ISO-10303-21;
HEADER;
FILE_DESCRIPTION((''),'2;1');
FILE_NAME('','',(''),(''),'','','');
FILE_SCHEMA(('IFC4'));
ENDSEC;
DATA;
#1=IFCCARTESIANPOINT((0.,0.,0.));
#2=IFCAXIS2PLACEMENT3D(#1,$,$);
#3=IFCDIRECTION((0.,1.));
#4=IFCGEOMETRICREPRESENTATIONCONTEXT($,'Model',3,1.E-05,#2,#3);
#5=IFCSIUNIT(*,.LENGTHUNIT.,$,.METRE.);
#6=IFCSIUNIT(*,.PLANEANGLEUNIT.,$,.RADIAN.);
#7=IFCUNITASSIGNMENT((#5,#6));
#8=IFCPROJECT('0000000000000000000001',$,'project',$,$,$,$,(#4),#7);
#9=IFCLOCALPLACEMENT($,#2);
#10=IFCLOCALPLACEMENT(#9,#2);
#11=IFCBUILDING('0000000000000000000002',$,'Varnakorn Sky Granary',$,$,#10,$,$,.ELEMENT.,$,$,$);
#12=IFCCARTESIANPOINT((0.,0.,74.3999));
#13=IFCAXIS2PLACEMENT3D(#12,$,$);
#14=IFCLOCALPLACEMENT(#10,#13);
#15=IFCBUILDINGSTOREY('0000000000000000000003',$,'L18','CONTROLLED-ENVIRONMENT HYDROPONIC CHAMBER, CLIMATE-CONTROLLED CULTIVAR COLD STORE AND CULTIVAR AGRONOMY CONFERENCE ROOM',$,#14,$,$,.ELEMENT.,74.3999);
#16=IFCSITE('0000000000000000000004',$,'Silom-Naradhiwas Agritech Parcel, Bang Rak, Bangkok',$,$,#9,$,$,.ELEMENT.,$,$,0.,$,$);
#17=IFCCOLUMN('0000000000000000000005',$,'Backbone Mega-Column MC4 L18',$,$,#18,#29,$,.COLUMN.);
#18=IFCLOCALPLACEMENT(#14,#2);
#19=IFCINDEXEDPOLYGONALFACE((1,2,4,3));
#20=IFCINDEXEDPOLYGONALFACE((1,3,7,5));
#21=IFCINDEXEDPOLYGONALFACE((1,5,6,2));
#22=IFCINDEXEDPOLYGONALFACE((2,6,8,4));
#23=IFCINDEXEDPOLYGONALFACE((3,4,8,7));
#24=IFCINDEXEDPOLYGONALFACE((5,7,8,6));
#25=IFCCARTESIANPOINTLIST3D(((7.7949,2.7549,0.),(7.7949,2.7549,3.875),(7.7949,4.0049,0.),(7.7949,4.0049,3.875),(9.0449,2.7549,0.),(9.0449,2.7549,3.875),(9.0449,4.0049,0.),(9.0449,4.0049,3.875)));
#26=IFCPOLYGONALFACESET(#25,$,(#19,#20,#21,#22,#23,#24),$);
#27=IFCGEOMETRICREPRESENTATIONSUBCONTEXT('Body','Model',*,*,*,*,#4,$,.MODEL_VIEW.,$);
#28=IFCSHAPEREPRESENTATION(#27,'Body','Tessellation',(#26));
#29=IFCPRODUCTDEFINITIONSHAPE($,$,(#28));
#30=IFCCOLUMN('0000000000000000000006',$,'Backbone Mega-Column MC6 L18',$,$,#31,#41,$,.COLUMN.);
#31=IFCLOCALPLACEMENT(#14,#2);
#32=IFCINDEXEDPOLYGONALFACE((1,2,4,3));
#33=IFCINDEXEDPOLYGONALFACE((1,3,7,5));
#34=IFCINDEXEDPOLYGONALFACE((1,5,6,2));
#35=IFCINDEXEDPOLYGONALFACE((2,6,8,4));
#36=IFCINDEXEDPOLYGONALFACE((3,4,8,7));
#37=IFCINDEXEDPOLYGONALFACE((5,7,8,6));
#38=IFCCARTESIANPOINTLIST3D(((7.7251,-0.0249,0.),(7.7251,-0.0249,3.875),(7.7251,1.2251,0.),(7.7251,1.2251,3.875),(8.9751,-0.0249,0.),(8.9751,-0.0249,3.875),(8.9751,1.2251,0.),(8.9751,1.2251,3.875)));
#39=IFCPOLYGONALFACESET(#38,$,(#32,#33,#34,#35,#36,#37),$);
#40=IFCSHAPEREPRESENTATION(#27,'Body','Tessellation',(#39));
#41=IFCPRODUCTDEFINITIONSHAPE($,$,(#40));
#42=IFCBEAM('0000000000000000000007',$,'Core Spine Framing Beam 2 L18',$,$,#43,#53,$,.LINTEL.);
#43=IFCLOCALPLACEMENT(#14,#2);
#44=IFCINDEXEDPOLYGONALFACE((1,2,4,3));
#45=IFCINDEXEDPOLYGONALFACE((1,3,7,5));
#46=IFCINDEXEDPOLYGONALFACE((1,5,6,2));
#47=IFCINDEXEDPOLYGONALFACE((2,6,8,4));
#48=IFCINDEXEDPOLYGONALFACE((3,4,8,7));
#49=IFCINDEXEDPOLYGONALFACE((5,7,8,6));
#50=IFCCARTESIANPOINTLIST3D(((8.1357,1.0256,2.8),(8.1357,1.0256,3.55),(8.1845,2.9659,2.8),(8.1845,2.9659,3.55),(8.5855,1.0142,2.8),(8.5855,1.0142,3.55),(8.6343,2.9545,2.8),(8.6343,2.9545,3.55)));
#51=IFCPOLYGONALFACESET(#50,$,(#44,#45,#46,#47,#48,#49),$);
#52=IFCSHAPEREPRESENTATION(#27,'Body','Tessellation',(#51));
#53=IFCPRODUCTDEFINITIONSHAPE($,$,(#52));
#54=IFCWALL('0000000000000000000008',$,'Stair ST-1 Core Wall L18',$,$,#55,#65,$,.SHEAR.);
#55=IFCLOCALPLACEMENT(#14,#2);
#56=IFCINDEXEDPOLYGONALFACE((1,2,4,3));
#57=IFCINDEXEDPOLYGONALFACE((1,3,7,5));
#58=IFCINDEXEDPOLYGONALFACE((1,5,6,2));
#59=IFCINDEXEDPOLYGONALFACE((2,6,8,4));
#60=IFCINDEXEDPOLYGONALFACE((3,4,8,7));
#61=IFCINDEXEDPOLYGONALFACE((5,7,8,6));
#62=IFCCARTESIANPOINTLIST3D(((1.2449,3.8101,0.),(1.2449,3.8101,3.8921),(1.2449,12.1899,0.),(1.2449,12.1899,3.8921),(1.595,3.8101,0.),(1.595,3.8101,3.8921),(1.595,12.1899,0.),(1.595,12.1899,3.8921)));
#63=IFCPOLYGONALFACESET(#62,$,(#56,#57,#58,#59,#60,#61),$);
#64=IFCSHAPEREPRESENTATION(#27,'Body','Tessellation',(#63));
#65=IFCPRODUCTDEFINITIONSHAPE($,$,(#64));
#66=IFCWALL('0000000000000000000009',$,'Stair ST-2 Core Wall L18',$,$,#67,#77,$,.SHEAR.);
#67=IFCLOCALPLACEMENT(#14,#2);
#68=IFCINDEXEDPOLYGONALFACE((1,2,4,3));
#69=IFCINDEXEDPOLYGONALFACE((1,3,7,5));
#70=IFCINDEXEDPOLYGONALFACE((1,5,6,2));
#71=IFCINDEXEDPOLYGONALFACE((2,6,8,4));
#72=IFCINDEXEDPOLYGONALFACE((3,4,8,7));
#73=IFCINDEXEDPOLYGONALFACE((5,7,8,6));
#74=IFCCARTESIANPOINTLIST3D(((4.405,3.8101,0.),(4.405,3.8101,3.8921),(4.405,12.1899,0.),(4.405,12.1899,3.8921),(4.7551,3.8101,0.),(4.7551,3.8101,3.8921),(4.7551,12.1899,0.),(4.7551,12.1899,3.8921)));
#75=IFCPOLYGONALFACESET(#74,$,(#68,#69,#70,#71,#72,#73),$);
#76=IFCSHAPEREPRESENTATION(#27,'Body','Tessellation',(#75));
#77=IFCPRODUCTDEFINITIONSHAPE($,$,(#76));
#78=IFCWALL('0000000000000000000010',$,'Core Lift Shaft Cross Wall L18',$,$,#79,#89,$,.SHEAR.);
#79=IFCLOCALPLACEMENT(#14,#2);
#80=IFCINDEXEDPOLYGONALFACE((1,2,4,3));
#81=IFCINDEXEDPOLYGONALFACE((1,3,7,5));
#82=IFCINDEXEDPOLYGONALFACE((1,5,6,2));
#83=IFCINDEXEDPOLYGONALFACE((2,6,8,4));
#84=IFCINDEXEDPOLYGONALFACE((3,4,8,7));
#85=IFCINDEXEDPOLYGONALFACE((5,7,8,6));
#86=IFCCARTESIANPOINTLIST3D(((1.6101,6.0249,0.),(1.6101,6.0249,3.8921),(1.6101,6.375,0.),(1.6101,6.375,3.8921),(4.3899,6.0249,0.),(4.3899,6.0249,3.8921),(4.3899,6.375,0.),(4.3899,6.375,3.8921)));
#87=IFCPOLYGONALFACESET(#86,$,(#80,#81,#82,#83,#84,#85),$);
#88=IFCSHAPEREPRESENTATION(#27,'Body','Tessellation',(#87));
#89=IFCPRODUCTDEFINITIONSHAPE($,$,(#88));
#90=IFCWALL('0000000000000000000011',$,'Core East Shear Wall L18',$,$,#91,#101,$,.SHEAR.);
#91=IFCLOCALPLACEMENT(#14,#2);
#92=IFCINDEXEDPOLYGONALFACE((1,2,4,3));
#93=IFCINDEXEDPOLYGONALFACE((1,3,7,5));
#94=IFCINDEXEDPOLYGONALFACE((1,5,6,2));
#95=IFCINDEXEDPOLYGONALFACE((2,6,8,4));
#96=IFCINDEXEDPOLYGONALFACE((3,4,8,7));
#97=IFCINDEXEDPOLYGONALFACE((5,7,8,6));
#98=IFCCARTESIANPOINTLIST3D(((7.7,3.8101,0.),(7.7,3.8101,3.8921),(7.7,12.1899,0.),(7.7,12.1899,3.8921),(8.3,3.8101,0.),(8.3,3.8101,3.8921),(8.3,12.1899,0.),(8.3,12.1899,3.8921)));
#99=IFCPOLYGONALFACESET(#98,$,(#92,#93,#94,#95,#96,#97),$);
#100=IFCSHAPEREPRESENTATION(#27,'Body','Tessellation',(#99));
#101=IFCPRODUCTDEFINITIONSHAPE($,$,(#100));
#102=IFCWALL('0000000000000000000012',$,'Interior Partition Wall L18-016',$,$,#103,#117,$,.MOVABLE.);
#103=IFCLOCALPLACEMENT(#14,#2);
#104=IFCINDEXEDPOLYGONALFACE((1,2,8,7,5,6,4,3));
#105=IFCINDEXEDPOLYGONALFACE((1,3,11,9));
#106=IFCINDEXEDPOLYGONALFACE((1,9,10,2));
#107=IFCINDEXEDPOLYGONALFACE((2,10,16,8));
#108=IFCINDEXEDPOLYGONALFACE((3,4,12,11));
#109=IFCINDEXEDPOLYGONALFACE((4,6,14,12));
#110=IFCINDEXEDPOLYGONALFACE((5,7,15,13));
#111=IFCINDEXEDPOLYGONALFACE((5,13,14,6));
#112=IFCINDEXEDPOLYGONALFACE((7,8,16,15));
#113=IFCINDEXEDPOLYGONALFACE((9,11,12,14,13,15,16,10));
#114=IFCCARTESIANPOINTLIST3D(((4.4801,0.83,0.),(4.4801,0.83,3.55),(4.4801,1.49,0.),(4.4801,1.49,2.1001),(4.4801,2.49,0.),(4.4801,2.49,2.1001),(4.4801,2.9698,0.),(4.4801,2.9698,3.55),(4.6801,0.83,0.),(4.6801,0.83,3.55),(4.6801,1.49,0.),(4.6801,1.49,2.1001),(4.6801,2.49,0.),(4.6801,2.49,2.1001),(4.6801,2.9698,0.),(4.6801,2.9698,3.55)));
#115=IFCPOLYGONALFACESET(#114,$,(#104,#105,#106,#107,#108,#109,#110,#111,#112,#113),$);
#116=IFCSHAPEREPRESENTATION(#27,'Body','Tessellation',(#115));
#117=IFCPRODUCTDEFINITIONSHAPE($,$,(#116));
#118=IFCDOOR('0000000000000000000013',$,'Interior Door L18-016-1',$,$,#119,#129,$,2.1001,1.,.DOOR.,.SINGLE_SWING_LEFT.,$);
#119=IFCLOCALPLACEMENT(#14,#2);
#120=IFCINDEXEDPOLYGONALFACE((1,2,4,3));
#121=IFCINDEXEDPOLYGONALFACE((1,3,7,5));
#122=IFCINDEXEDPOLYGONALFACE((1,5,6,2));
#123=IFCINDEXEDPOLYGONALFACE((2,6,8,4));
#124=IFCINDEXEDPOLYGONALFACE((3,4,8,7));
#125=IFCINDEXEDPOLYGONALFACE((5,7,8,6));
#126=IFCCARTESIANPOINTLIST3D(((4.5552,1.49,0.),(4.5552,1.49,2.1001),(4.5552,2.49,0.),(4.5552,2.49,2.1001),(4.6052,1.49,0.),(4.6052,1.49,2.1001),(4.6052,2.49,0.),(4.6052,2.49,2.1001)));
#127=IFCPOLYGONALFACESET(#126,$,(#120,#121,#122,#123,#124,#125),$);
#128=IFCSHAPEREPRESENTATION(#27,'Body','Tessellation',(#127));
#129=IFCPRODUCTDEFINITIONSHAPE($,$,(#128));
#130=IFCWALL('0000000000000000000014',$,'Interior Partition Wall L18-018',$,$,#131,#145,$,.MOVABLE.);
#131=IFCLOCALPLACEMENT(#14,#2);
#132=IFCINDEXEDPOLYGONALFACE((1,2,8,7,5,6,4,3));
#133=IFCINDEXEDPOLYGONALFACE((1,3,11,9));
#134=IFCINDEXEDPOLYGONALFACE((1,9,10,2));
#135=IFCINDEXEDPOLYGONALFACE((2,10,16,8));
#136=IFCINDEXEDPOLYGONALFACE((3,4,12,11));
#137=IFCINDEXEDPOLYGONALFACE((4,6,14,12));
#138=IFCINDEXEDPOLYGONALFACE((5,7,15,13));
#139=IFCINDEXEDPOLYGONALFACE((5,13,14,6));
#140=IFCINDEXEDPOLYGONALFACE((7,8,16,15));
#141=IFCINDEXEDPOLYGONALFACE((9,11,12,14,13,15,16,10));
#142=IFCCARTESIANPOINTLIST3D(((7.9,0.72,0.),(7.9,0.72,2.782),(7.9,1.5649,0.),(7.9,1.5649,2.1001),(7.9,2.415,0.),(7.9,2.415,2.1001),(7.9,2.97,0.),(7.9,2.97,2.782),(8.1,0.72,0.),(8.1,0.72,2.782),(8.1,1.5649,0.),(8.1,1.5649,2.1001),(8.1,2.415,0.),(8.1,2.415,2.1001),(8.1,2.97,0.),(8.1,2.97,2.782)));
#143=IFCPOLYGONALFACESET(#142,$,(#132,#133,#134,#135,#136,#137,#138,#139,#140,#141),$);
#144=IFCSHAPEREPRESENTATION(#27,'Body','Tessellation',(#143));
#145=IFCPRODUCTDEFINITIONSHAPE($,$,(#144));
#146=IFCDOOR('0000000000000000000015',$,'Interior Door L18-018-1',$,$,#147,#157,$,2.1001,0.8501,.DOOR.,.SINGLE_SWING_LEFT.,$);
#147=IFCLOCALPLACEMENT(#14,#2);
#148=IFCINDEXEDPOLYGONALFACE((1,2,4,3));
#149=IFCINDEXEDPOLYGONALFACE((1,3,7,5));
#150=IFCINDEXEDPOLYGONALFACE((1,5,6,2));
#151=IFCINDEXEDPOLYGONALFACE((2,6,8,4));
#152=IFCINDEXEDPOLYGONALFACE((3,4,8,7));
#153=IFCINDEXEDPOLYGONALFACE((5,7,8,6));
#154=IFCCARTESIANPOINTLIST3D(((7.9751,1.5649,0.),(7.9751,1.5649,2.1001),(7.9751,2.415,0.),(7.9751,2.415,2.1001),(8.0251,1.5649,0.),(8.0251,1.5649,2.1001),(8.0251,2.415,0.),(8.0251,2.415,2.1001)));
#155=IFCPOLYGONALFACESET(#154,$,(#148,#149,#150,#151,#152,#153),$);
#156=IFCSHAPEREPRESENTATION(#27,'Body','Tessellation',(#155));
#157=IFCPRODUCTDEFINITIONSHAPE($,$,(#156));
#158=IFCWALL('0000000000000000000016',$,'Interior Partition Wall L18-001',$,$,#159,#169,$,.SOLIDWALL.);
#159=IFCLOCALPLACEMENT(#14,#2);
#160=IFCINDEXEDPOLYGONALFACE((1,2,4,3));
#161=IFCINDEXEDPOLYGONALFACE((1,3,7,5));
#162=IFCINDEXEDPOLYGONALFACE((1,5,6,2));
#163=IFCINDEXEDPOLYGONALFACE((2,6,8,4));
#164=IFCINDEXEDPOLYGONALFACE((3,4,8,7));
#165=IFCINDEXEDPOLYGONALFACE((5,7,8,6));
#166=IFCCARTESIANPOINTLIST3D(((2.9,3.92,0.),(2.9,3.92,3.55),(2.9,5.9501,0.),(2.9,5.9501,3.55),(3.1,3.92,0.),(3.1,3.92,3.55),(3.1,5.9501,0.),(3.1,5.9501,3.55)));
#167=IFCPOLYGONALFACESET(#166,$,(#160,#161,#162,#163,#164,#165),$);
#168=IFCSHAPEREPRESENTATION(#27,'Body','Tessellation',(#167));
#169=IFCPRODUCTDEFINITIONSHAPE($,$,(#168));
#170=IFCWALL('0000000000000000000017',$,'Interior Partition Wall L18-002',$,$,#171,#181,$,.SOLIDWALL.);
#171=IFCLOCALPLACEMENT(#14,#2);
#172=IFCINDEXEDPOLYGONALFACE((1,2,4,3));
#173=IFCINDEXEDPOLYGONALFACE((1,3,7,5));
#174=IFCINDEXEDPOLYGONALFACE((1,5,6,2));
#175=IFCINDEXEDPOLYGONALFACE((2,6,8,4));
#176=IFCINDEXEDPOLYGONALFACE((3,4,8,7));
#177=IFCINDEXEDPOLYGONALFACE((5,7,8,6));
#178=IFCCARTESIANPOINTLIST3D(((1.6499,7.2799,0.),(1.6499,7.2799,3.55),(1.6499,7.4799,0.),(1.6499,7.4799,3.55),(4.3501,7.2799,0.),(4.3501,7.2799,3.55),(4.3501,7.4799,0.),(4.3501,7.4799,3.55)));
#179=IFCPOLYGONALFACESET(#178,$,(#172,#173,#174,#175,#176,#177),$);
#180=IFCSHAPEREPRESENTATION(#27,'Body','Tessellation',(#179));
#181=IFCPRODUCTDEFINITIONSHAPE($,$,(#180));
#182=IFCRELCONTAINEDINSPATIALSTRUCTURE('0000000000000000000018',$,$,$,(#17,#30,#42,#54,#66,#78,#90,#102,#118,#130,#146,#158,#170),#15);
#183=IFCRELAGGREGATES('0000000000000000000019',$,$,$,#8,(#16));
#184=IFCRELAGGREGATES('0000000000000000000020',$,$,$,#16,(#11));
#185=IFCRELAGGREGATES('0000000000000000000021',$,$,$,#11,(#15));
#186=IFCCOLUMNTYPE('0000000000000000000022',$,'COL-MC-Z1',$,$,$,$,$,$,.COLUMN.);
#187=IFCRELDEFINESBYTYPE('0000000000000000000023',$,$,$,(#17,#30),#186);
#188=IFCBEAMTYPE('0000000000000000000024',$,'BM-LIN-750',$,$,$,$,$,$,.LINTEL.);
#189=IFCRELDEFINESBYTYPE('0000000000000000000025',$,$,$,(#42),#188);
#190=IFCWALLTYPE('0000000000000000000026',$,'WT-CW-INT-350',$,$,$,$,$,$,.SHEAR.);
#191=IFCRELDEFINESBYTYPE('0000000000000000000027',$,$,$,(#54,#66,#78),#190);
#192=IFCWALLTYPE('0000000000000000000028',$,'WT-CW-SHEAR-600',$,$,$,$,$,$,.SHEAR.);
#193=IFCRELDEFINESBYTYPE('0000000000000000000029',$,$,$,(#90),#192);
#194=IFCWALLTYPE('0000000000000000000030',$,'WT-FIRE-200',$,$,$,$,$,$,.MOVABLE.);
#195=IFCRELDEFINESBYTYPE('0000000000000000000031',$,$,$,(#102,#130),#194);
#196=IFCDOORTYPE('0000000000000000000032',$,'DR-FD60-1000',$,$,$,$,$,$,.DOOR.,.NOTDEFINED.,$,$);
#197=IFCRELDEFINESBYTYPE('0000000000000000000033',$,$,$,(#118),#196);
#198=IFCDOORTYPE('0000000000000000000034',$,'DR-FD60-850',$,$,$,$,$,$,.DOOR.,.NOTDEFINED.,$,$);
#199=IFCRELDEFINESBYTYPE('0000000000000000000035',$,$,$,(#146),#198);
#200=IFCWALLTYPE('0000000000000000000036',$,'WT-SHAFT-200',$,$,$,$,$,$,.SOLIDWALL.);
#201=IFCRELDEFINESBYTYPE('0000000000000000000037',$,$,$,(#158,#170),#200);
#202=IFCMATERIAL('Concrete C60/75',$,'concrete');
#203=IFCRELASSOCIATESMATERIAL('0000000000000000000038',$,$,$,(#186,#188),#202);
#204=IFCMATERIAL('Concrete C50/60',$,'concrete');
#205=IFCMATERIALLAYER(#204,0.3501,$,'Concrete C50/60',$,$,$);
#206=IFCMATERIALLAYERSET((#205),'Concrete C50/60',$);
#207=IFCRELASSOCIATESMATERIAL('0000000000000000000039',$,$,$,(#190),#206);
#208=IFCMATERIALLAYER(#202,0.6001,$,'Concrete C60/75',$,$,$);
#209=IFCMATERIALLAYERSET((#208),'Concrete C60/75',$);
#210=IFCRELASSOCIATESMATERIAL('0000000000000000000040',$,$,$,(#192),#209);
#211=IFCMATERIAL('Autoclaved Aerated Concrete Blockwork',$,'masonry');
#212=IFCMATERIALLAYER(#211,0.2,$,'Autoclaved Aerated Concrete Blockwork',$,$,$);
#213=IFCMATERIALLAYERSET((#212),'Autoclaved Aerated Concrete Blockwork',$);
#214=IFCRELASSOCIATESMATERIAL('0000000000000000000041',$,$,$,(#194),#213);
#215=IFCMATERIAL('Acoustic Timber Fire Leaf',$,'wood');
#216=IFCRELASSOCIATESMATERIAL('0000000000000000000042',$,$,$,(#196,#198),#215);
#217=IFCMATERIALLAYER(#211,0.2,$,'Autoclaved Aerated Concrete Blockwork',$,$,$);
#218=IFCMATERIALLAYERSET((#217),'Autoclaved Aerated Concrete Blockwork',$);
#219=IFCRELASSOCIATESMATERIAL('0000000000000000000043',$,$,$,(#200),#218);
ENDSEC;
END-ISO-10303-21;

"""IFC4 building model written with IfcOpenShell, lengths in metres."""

from ifc_helpers import new_model, si_unit, direction, frame, frame_2d, origin, origin_2d, place, context, subcontext, project, spatial, rectangle, extrude, material, layer, layer_set, material_profile, profile_set, type_object, element, fill, save


model = new_model("IFC4")

# Units and contexts
model_context = context("Model", 3, precision=1e-05, world=origin(), true_north=direction((0.0, 1.0)))
body_context = subcontext(model_context, "Body", "Model", "MODEL_VIEW")
ifc_project = project(units=[si_unit("LENGTHUNIT", "METRE"), si_unit("PLANEANGLEUNIT", "RADIAN")], contexts=[model_context])

# Site, building, storey
site_placement = place(None, origin())
site = spatial("IfcSite", under=ifc_project, at=site_placement, Name="Silom-Naradhiwas Agritech Parcel, Bang Rak, Bangkok", CompositionType="ELEMENT", RefElevation=0.0)
building_placement = place(site_placement, origin())
building = spatial("IfcBuilding", under=site, at=building_placement, Name="Varnakorn Sky Granary", CompositionType="ELEMENT")
storey_placement = place(building_placement, frame((0.0, 0.0, 74.3999)))
storey = spatial("IfcBuildingStorey", under=building, at=storey_placement, Name="L18", Description="CONTROLLED-ENVIRONMENT HYDROPONIC CHAMBER, CLIMATE-CONTROLLED CULTIVAR COLD STORE AND CULTIVAR AGRONOMY CONFERENCE ROOM", CompositionType="ELEMENT", Elevation=74.3999)

# Columns
ifc_material_1 = material(Name="Concrete C60/75", Category="concrete")
ifc_material_profile_1 = material_profile(ifc_material_1, rectangle(XDim=1.25, YDim=1.25, at=origin_2d()), Name="RC 1250x1250")
ifc_profile_set_1 = profile_set([ifc_material_profile_1], Name="Concrete C60/75")
column_type = type_object("IfcColumnType", Name="COL-MC-Z1", PredefinedType="COLUMN", material=ifc_profile_set_1)
for number, where, z_axis, x_axis, name in (
    (1, (8.4199, 3.3799, 0.0), (0.0, 0.0, 1.0), (1.0, 0.0, 0.0), "Backbone Mega-Column MC4 L18"),
    (2, (8.3501, 0.6001, 0.0), (0.0, 0.0, 1.0), (1.0, 0.0, 0.0), "Backbone Mega-Column MC6 L18"),
):
    element("IfcColumn", number, at=place(storey_placement, frame(where, z_axis=z_axis, x_axis=x_axis)), inside=storey, type_object=column_type, Name=name, PredefinedType="COLUMN", context=body_context, shape_type="SweptSolid", body=[
        extrude(rectangle(XDim=1.25, YDim=1.25, at=origin_2d()), origin(), (0.0, 0.0, 1.0), 3.875),
    ])

# Beam
ifc_material_profile_2 = material_profile(ifc_material_1, rectangle(XDim=0.45, YDim=0.75, at=origin_2d()), Name="RC 450x750")
ifc_profile_set_2 = profile_set([ifc_material_profile_2], Name="Concrete C60/75")
beam_type = type_object("IfcBeamType", Name="BM-LIN-750", PredefinedType="LINTEL", material=ifc_profile_set_2)
beam_placement = place(storey_placement, frame((8.4094, 2.9602, 3.175), z_axis=(-0.025159, -0.999683, 0.0), x_axis=(0.999683, -0.025159, 0.0)))
element("IfcBeam", 3, at=beam_placement, inside=storey, type_object=beam_type, Name="Core Spine Framing Beam 2 L18", PredefinedType="LINTEL", context=body_context, shape_type="SweptSolid", body=[
    extrude(rectangle(XDim=0.45, YDim=0.75, at=origin_2d()), origin(), (0.0, 0.0, 1.0), 1.9409),
])

# Walls
ifc_material_2 = material(Name="Concrete C50/60", Category="concrete")
ifc_layer_1 = layer(ifc_material_2, 0.3501, Name="Concrete C50/60")
ifc_layer_set_1 = layer_set([ifc_layer_1], Name="Concrete C50/60")
wall_type_1 = type_object("IfcWallType", Name="WT-CW-INT-350", PredefinedType="SHEAR", material=ifc_layer_set_1)
for number, where, z_axis, x_axis, name in (
    (4, (1.4199, 3.8101, 0.0), (0.0, 0.0, 1.0), (0.0, 1.0, 0.0), "Stair ST-1 Core Wall L18"),
    (5, (4.5801, 3.8101, 0.0), (0.0, 0.0, 1.0), (0.0, 1.0, 0.0), "Stair ST-2 Core Wall L18"),
):
    element("IfcWall", number, at=place(storey_placement, frame(where, z_axis=z_axis, x_axis=x_axis)), inside=storey, type_object=wall_type_1, Name=name, PredefinedType="SHEAR", context=body_context, shape_type="SweptSolid", body=[
        extrude(rectangle(XDim=8.3799, YDim=0.3501, at=frame_2d((4.1899, 0.0))), origin(), (0.0, 0.0, 1.0), 3.8921),
    ])
wall_1_placement = place(storey_placement, frame((1.6101, 6.2, 0.0), z_axis=(0.0, 0.0, 1.0), x_axis=(1.0, 0.0, 0.0)))
element("IfcWall", 6, at=wall_1_placement, inside=storey, type_object=wall_type_1, Name="Core Lift Shaft Cross Wall L18", PredefinedType="SHEAR", context=body_context, shape_type="SweptSolid", body=[
    extrude(rectangle(XDim=2.7798, YDim=0.3501, at=frame_2d((1.3899, 0.0))), origin(), (0.0, 0.0, 1.0), 3.8921),
])
ifc_layer_2 = layer(ifc_material_1, 0.6001, Name="Concrete C60/75")
ifc_layer_set_2 = layer_set([ifc_layer_2], Name="Concrete C60/75")
wall_type_2 = type_object("IfcWallType", Name="WT-CW-SHEAR-600", PredefinedType="SHEAR", material=ifc_layer_set_2)
wall_2_placement = place(storey_placement, frame((8.0, 3.8101, 0.0), z_axis=(0.0, 0.0, 1.0), x_axis=(0.0, 1.0, 0.0)))
element("IfcWall", 7, at=wall_2_placement, inside=storey, type_object=wall_type_2, Name="Core East Shear Wall L18", PredefinedType="SHEAR", context=body_context, shape_type="SweptSolid", body=[
    extrude(rectangle(XDim=8.3799, YDim=0.6001, at=frame_2d((4.1899, 0.0))), origin(), (0.0, 0.0, 1.0), 3.8921),
])

# Walls, openings, doors
ifc_material_3 = material(Name="Autoclaved Aerated Concrete Blockwork", Category="masonry")
ifc_layer_3 = layer(ifc_material_3, 0.2, Name="Autoclaved Aerated Concrete Blockwork")
ifc_layer_set_3 = layer_set([ifc_layer_3], Name="Autoclaved Aerated Concrete Blockwork")
wall_type_3 = type_object("IfcWallType", Name="WT-FIRE-200", PredefinedType="MOVABLE", material=ifc_layer_set_3)
wall_3_placement = place(storey_placement, frame((4.5801, 0.8301, 0.0), z_axis=(0.0, 0.0, 1.0), x_axis=(0.0, 1.0, 0.0)))
wall_3 = element("IfcWall", 8, at=wall_3_placement, inside=storey, type_object=wall_type_3, Name="Interior Partition Wall L18-016", PredefinedType="MOVABLE", context=body_context, shape_type="SweptSolid", body=[
    extrude(rectangle(XDim=2.1399, YDim=0.2, at=frame_2d((1.0698, 0.0))), origin(), (0.0, 0.0, 1.0), 3.55),
])
opening_1_placement = place(wall_3_placement, frame((0.6599, 0.0, 0.0)))
opening_1 = element("IfcOpeningElement", 9, at=opening_1_placement, cuts=wall_3, PredefinedType="OPENING", context=body_context, shape_type="SweptSolid", body=[
    extrude(rectangle(XDim=1.0, YDim=2.1001, at=frame_2d((0.5, 1.05))), frame((0.0, 0.1099, 0.0), z_axis=(0.0, -1.0, 0.0), x_axis=(1.0, 0.0, 0.0)), (0.0, 0.0, 1.0), 0.22),
])
ifc_material_4 = material(Name="Acoustic Timber Fire Leaf", Category="wood")
door_type_1 = type_object("IfcDoorType", Name="DR-FD60-1000", OperationType="NOTDEFINED", PredefinedType="DOOR", material=ifc_material_4)
door_1_placement = place(opening_1_placement, origin())
door_1 = element("IfcDoor", 10, at=door_1_placement, inside=storey, type_object=door_type_1, Name="Interior Door L18-016-1", OperationType="SINGLE_SWING_LEFT", OverallHeight=2.1001, OverallWidth=1.0, PredefinedType="DOOR", context=body_context, shape_type="SweptSolid", body=[
    extrude(rectangle(XDim=1.0, YDim=2.1001, at=frame_2d((0.5, 1.05))), frame((0.0, 0.0249, 0.0), z_axis=(0.0, -1.0, 0.0), x_axis=(1.0, 0.0, 0.0)), (0.0, 0.0, 1.0), 0.05),
])
fill(opening_1, door_1)
wall_4_placement = place(storey_placement, frame((8.0, 0.72, 0.0), z_axis=(0.0, 0.0, 1.0), x_axis=(0.0, 1.0, 0.0)))
wall_4 = element("IfcWall", 11, at=wall_4_placement, inside=storey, type_object=wall_type_3, Name="Interior Partition Wall L18-018", PredefinedType="MOVABLE", context=body_context, shape_type="SweptSolid", body=[
    extrude(rectangle(XDim=2.25, YDim=0.2, at=frame_2d((1.125, 0.0))), origin(), (0.0, 0.0, 1.0), 2.782),
])
opening_2_placement = place(wall_4_placement, frame((0.845, 0.0, 0.0)))
opening_2 = element("IfcOpeningElement", 12, at=opening_2_placement, cuts=wall_4, PredefinedType="OPENING", context=body_context, shape_type="SweptSolid", body=[
    extrude(rectangle(XDim=0.8501, YDim=2.1001, at=frame_2d((0.425, 1.05))), frame((0.0, 0.1099, 0.0), z_axis=(0.0, -1.0, 0.0), x_axis=(1.0, 0.0, 0.0)), (0.0, 0.0, 1.0), 0.22),
])
door_type_2 = type_object("IfcDoorType", Name="DR-FD60-850", OperationType="NOTDEFINED", PredefinedType="DOOR", material=ifc_material_4)
door_2_placement = place(opening_2_placement, origin())
door_2 = element("IfcDoor", 13, at=door_2_placement, inside=storey, type_object=door_type_2, Name="Interior Door L18-018-1", OperationType="SINGLE_SWING_LEFT", OverallHeight=2.1001, OverallWidth=0.8501, PredefinedType="DOOR", context=body_context, shape_type="SweptSolid", body=[
    extrude(rectangle(XDim=0.8501, YDim=2.1001, at=frame_2d((0.425, 1.05))), frame((0.0, 0.0249, 0.0), z_axis=(0.0, -1.0, 0.0), x_axis=(1.0, 0.0, 0.0)), (0.0, 0.0, 1.0), 0.05),
])
fill(opening_2, door_2)

# Walls
ifc_layer_4 = layer(ifc_material_3, 0.2, Name="Autoclaved Aerated Concrete Blockwork")
ifc_layer_set_4 = layer_set([ifc_layer_4], Name="Autoclaved Aerated Concrete Blockwork")
wall_type_4 = type_object("IfcWallType", Name="WT-SHAFT-200", PredefinedType="SOLIDWALL", material=ifc_layer_set_4)
wall_5_placement = place(storey_placement, frame((3.0, 3.9199, 0.0), z_axis=(0.0, 0.0, 1.0), x_axis=(0.0, 1.0, 0.0)))
element("IfcWall", 14, at=wall_5_placement, inside=storey, type_object=wall_type_4, Name="Interior Partition Wall L18-001", PredefinedType="SOLIDWALL", context=body_context, shape_type="SweptSolid", body=[
    extrude(rectangle(XDim=2.03, YDim=0.2, at=frame_2d((1.0151, 0.0))), origin(), (0.0, 0.0, 1.0), 3.55),
])
wall_6_placement = place(storey_placement, frame((1.6499, 7.3799, 0.0), z_axis=(0.0, 0.0, 1.0), x_axis=(1.0, 0.0, 0.0)))
element("IfcWall", 15, at=wall_6_placement, inside=storey, type_object=wall_type_4, Name="Interior Partition Wall L18-002", PredefinedType="SOLIDWALL", context=body_context, shape_type="SweptSolid", body=[
    extrude(rectangle(XDim=2.7002, YDim=0.2, at=frame_2d((1.3501, 0.0))), origin(), (0.0, 0.0, 1.0), 3.55),
])

save(model, "model.ifc")
